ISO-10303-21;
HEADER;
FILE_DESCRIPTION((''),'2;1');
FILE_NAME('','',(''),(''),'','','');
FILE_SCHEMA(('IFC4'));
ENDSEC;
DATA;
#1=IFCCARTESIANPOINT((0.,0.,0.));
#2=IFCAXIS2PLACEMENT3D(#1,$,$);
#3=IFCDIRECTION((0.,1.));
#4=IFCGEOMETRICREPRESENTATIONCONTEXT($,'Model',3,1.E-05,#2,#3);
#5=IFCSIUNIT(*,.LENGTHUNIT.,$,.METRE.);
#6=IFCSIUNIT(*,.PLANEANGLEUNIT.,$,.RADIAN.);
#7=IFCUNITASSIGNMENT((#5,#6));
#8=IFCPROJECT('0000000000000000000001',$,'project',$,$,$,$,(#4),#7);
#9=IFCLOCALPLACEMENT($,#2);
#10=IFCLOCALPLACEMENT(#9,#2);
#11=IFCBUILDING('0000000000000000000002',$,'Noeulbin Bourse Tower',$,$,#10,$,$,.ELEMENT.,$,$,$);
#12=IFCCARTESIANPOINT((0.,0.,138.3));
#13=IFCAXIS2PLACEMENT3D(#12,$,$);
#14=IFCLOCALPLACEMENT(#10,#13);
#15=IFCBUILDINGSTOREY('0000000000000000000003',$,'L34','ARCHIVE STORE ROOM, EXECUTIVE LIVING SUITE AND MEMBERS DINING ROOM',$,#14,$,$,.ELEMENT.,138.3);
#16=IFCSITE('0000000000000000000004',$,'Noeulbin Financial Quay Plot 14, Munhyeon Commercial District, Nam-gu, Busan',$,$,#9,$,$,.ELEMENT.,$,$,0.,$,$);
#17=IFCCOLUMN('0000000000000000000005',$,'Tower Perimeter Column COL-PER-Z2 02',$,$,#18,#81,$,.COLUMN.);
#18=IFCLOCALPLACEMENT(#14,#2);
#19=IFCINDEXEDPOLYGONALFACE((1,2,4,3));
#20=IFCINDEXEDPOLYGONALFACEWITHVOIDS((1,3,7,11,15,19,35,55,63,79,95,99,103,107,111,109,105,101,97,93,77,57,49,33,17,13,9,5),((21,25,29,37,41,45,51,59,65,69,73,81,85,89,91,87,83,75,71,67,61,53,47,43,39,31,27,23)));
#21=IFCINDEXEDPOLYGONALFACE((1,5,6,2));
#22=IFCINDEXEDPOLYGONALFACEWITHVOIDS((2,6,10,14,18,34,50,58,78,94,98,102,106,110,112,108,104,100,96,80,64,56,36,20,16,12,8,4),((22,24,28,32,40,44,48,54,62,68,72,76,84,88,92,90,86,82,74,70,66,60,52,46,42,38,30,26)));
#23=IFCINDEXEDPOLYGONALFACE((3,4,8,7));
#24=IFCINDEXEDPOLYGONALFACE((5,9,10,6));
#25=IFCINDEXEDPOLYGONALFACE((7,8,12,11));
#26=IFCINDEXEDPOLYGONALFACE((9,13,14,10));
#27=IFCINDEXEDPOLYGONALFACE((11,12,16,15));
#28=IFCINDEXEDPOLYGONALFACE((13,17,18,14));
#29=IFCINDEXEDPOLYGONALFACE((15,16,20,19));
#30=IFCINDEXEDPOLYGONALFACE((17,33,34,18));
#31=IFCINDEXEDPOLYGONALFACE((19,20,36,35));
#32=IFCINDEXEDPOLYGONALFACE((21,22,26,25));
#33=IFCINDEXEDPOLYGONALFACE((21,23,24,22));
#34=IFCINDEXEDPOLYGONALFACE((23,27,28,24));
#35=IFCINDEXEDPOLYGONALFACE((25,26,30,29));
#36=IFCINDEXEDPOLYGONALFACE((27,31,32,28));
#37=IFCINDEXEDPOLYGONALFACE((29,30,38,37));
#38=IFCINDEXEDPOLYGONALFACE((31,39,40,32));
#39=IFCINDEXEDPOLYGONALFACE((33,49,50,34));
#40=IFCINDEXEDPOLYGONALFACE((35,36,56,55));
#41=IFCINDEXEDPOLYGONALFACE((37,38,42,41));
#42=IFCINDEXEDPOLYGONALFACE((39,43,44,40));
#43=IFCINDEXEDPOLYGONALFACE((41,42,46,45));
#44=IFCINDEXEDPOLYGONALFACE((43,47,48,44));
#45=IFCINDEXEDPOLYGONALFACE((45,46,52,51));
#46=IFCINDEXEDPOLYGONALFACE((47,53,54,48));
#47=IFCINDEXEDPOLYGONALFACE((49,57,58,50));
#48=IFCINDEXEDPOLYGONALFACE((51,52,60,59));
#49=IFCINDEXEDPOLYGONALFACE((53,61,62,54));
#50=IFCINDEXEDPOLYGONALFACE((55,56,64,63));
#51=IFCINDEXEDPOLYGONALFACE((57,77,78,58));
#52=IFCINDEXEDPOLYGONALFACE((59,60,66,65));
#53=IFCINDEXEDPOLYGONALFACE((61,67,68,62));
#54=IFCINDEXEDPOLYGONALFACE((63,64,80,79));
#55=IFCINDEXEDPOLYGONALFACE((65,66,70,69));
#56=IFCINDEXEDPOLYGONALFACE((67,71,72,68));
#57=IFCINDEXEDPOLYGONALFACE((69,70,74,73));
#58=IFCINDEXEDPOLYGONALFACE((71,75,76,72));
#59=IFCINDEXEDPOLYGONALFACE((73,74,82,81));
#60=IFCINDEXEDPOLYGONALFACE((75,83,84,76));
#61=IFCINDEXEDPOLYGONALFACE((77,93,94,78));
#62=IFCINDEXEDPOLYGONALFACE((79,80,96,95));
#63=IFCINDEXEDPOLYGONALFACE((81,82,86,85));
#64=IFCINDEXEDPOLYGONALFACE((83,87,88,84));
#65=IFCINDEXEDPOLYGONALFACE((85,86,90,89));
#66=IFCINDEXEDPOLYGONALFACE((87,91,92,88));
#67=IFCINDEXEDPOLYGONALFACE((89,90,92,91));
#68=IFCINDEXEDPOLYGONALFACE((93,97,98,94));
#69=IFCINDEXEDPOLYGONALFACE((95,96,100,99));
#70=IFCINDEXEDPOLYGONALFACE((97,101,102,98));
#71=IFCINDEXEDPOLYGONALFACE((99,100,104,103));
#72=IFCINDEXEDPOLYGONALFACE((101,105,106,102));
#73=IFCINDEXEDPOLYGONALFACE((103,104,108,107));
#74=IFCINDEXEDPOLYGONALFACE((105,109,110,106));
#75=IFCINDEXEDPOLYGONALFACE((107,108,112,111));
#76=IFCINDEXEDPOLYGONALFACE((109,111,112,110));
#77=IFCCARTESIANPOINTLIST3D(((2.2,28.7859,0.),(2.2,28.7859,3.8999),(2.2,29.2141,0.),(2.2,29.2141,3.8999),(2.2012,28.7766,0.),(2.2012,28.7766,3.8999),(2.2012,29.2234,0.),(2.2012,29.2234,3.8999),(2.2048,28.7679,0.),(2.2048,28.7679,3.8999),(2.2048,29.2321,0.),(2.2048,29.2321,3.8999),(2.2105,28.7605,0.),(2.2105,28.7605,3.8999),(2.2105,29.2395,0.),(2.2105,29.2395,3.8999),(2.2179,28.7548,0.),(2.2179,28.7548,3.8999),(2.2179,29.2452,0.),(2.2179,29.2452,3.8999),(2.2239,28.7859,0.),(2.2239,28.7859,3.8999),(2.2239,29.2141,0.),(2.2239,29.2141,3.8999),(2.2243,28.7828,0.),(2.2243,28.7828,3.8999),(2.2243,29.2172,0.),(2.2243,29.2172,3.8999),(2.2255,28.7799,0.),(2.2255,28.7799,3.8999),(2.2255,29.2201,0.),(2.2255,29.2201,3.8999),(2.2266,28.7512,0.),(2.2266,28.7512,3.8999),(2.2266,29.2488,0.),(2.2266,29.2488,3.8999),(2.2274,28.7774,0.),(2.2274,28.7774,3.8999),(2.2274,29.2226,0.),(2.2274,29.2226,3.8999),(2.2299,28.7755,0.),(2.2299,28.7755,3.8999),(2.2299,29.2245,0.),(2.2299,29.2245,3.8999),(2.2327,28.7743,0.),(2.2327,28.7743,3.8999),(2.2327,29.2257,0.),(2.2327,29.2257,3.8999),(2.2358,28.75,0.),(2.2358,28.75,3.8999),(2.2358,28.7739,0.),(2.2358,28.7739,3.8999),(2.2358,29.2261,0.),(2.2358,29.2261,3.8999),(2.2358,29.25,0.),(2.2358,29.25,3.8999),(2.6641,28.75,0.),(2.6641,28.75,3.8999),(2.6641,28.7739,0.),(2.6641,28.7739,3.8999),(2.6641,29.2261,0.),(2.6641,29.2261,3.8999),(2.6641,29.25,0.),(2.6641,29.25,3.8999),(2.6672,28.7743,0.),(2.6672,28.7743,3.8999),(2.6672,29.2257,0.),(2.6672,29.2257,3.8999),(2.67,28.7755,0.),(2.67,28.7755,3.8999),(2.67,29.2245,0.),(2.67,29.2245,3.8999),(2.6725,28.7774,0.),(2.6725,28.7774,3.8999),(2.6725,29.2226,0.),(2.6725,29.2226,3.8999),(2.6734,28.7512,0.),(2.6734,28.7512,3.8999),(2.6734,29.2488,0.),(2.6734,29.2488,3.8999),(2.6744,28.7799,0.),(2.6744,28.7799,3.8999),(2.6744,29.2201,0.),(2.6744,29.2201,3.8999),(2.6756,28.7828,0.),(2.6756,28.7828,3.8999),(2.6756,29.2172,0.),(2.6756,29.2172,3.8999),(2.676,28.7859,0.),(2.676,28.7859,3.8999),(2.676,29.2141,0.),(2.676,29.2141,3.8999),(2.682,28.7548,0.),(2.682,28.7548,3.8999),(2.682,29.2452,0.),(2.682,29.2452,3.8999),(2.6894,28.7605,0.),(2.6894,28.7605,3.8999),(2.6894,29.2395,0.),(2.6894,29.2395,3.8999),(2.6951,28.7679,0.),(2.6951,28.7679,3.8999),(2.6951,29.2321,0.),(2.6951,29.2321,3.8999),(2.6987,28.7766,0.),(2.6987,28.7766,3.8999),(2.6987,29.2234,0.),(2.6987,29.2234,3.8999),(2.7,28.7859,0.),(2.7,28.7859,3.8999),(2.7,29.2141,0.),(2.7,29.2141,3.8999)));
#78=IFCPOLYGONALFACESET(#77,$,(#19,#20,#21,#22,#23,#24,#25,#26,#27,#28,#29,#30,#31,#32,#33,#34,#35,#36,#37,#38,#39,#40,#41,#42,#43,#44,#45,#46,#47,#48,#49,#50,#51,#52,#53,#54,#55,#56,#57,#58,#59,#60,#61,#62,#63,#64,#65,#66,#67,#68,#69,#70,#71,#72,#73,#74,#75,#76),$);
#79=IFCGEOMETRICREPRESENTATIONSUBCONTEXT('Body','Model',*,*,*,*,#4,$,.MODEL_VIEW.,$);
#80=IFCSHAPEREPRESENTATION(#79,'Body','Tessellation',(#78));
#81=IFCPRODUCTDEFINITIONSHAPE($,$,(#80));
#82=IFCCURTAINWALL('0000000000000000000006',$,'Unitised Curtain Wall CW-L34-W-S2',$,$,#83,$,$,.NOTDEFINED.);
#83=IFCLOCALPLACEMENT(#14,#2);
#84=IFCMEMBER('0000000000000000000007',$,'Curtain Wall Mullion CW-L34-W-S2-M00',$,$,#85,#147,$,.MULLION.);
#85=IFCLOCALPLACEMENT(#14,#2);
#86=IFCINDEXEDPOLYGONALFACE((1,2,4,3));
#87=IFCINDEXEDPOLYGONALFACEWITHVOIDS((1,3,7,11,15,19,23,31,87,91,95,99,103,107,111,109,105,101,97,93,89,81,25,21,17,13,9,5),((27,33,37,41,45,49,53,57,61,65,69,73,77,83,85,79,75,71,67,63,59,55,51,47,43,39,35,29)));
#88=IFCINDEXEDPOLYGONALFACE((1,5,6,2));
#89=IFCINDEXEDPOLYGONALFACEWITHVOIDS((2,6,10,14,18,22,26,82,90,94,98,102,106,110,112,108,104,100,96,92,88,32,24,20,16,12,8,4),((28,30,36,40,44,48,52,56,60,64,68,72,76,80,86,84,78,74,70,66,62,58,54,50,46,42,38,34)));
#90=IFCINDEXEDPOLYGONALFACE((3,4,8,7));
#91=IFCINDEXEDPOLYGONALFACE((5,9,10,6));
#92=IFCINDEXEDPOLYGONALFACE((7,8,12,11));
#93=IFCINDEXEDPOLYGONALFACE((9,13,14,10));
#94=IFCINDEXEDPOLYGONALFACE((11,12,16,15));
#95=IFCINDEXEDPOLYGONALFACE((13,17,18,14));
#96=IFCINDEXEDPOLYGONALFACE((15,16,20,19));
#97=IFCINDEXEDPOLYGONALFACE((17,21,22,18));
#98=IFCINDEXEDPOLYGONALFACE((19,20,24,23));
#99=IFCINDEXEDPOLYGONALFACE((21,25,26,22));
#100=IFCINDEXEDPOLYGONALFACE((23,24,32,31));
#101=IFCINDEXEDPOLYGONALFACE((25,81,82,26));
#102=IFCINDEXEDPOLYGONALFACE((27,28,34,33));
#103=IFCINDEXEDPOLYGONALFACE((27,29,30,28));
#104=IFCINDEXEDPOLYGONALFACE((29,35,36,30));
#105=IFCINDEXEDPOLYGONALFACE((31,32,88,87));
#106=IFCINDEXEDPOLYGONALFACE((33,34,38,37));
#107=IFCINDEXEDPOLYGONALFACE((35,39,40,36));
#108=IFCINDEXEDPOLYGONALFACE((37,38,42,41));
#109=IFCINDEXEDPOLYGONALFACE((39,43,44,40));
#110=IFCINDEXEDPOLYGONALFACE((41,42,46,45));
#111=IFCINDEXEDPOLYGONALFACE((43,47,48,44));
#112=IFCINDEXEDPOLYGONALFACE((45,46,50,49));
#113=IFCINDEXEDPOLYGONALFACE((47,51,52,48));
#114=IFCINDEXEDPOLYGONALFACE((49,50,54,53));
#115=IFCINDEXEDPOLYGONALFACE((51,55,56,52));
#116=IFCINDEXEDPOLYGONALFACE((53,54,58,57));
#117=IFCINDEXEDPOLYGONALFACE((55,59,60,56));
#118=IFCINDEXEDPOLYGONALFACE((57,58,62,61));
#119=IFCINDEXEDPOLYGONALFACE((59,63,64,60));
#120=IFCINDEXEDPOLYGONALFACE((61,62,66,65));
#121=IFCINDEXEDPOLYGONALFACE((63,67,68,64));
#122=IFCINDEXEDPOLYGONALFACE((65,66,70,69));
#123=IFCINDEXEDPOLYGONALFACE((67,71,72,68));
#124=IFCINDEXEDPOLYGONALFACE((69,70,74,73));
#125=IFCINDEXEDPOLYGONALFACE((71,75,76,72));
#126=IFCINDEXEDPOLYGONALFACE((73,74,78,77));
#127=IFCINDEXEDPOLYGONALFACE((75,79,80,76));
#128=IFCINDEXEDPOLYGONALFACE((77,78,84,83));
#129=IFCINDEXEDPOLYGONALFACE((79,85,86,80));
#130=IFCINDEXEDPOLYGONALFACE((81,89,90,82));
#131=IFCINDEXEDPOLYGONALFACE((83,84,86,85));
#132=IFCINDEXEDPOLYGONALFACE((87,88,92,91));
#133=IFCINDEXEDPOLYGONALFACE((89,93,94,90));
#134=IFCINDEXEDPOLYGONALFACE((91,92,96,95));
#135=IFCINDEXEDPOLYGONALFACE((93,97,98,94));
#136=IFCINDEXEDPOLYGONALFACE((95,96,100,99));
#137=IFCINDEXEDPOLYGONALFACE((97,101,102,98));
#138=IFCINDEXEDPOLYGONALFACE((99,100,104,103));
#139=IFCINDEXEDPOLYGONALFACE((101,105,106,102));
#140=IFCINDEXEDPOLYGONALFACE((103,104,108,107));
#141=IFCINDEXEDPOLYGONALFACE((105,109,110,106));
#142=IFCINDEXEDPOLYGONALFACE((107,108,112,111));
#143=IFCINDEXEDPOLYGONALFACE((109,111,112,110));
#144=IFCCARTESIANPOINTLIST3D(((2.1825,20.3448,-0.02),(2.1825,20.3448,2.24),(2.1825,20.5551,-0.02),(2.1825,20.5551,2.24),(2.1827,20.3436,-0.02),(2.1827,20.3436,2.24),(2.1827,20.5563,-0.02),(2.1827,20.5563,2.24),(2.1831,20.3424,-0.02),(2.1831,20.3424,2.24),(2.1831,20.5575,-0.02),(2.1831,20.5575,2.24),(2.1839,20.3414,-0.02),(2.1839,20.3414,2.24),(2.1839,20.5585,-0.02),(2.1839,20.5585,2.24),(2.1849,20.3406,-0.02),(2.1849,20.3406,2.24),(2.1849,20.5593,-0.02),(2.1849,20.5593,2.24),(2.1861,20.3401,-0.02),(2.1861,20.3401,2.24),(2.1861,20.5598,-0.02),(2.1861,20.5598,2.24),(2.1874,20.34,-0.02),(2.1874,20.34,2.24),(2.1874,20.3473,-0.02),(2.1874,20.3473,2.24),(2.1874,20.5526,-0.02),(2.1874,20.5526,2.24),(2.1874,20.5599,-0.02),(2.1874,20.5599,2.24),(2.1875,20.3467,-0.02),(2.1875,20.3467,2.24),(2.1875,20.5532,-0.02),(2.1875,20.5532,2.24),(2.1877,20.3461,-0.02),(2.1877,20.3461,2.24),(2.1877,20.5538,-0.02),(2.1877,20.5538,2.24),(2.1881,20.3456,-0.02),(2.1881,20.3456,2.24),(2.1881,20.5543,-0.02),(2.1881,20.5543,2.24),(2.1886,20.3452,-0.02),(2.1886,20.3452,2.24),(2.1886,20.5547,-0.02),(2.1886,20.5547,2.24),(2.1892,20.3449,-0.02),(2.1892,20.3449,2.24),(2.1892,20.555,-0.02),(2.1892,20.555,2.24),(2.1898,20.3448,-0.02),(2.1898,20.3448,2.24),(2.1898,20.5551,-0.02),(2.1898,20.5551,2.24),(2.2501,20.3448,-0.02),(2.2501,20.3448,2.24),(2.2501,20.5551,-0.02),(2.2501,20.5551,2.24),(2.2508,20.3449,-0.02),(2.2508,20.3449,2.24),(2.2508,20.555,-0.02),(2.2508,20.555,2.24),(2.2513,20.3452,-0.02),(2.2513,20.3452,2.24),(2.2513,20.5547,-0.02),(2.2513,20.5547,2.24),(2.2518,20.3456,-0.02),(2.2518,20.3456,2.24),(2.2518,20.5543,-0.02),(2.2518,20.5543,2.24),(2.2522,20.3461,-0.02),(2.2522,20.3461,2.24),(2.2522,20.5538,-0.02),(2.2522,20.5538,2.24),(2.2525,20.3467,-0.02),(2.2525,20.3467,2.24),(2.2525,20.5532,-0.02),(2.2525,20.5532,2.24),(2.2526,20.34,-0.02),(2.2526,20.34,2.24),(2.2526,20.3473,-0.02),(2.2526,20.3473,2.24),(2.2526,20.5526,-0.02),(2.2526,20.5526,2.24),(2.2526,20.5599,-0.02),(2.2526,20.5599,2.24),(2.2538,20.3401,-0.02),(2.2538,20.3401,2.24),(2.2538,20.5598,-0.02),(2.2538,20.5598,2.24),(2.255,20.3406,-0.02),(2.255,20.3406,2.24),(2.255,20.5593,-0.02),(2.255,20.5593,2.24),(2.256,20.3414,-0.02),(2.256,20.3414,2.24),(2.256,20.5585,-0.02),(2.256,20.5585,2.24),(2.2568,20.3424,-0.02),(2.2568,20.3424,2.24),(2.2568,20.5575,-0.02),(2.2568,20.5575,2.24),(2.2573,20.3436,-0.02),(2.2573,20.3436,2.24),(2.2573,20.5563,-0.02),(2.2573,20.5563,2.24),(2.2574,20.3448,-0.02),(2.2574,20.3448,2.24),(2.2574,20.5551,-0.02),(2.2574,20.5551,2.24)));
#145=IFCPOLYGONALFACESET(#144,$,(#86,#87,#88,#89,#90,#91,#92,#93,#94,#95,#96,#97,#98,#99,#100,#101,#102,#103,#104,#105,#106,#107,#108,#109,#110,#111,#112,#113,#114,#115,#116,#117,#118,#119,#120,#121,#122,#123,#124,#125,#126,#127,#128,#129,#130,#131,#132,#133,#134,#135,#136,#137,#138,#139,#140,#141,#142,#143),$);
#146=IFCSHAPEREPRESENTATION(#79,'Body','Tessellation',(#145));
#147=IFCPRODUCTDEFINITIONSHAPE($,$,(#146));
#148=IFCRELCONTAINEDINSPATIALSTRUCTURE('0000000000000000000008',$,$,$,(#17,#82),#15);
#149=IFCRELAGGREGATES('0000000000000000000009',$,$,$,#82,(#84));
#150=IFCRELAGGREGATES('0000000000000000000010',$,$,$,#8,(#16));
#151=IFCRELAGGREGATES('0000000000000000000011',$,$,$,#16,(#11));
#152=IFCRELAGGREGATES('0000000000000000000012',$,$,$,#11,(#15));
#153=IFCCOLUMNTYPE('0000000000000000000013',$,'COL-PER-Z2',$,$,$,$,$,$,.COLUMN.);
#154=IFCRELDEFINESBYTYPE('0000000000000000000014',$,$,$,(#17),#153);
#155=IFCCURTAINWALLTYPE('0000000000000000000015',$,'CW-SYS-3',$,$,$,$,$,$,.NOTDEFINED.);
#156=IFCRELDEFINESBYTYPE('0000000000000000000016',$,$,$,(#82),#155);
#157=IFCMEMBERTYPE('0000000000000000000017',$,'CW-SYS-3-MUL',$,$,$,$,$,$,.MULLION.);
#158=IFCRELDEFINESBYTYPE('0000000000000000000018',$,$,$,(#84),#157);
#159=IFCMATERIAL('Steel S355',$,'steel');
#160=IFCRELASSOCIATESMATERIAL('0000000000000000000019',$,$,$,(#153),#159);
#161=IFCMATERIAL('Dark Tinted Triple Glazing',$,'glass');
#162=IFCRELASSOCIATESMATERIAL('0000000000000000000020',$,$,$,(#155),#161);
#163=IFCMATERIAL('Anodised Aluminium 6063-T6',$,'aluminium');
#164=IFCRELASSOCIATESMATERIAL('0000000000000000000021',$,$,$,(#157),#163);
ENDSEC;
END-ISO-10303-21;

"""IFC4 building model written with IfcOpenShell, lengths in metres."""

from ifc_helpers import new_model, si_unit, direction, frame, origin, origin_2d, place, context, subcontext, project, spatial, hollow_rectangle, extrude, material, material_profile, profile_set, type_object, element, aggregate, save


model = new_model("IFC4")

# Units and contexts
model_context = context("Model", 3, precision=1e-05, world=origin(), true_north=direction((0.0, 1.0)))
body_context = subcontext(model_context, "Body", "Model", "MODEL_VIEW")
ifc_project = project(units=[si_unit("LENGTHUNIT", "METRE"), si_unit("PLANEANGLEUNIT", "RADIAN")], contexts=[model_context])

# Site, building, storey
site_placement = place(None, origin())
site = spatial("IfcSite", under=ifc_project, at=site_placement, Name="Noeulbin Financial Quay Plot 14, Munhyeon Commercial District, Nam-gu, Busan", CompositionType="ELEMENT", RefElevation=0.0)
building_placement = place(site_placement, origin())
building = spatial("IfcBuilding", under=site, at=building_placement, Name="Noeulbin Bourse Tower", CompositionType="ELEMENT")
storey_placement = place(building_placement, frame((0.0, 0.0, 138.3)))
storey = spatial("IfcBuildingStorey", under=building, at=storey_placement, Name="L34", Description="ARCHIVE STORE ROOM, EXECUTIVE LIVING SUITE AND MEMBERS DINING ROOM", CompositionType="ELEMENT", Elevation=138.3)

# Column
ifc_material_1 = material(Name="Steel S355", Category="steel")
ifc_material_profile_1 = material_profile(ifc_material_1, hollow_rectangle(XDim=0.5, YDim=0.5, WallThickness=0.0239, InnerFilletRadius=0.012, OuterFilletRadius=0.0359, at=origin_2d()), Name="BOX-500x500x24", Category="LoadBearing")
ifc_profile_set_1 = profile_set([ifc_material_profile_1], Name="Steel S355")
column_type = type_object("IfcColumnType", Name="COL-PER-Z2", PredefinedType="COLUMN", material=ifc_profile_set_1)
column_placement = place(storey_placement, frame((2.45, 29.0, 0.0), z_axis=(0.0, 0.0, 1.0), x_axis=(1.0, 0.0, 0.0)))
element("IfcColumn", 1, at=column_placement, inside=storey, type_object=column_type, Name="Tower Perimeter Column COL-PER-Z2 02", PredefinedType="COLUMN", context=body_context, shape_type="SweptSolid", body=[
    extrude(hollow_rectangle(XDim=0.5, YDim=0.5, WallThickness=0.0239, InnerFilletRadius=0.012, OuterFilletRadius=0.0359, at=origin_2d()), origin(), (0.0, 0.0, 1.0), 3.8999),
])

# Curtain wall, member
ifc_material_2 = material(Name="Dark Tinted Triple Glazing", Category="glass")
curtain_wall_type = type_object("IfcCurtainWallType", Name="CW-SYS-3", PredefinedType="NOTDEFINED", material=ifc_material_2)
curtain_wall_placement = place(storey_placement, origin())
curtain_wall = element("IfcCurtainWall", 2, at=curtain_wall_placement, inside=storey, type_object=curtain_wall_type, Name="Unitised Curtain Wall CW-L34-W-S2", PredefinedType="NOTDEFINED")
ifc_material_3 = material(Name="Anodised Aluminium 6063-T6", Category="aluminium")
ifc_material_profile_2 = material_profile(ifc_material_3, hollow_rectangle(XDim=0.075, YDim=0.22, WallThickness=0.0049, InnerFilletRadius=0.0024, OuterFilletRadius=0.0049, at=origin_2d()), Name="ALU-MULL-75x220x5", Category="LoadBearing")
ifc_profile_set_2 = profile_set([ifc_material_profile_2], Name="Anodised Aluminium 6063-T6")
member_type_1 = type_object("IfcMemberType", Name="CW-SYS-3-MUL", PredefinedType="MULLION", material=ifc_profile_set_2)
member_1_placement = place(storey_placement, frame((2.22, 20.45, -0.02), z_axis=(0.0, 0.0, 1.0), x_axis=(1.0, 0.0, 0.0)))
member_1 = element("IfcMember", 3, at=member_1_placement, type_object=member_type_1, Name="Curtain Wall Mullion CW-L34-W-S2-M00", PredefinedType="MULLION", context=body_context, shape_type="SweptSolid", body=[
    extrude(hollow_rectangle(XDim=0.075, YDim=0.22, WallThickness=0.0049, InnerFilletRadius=0.0024, OuterFilletRadius=0.0049, at=origin_2d()), origin(), (0.0, 0.0, 1.0), 2.26),
])
aggregate(curtain_wall, [member_1])

save(model, "model.ifc")
